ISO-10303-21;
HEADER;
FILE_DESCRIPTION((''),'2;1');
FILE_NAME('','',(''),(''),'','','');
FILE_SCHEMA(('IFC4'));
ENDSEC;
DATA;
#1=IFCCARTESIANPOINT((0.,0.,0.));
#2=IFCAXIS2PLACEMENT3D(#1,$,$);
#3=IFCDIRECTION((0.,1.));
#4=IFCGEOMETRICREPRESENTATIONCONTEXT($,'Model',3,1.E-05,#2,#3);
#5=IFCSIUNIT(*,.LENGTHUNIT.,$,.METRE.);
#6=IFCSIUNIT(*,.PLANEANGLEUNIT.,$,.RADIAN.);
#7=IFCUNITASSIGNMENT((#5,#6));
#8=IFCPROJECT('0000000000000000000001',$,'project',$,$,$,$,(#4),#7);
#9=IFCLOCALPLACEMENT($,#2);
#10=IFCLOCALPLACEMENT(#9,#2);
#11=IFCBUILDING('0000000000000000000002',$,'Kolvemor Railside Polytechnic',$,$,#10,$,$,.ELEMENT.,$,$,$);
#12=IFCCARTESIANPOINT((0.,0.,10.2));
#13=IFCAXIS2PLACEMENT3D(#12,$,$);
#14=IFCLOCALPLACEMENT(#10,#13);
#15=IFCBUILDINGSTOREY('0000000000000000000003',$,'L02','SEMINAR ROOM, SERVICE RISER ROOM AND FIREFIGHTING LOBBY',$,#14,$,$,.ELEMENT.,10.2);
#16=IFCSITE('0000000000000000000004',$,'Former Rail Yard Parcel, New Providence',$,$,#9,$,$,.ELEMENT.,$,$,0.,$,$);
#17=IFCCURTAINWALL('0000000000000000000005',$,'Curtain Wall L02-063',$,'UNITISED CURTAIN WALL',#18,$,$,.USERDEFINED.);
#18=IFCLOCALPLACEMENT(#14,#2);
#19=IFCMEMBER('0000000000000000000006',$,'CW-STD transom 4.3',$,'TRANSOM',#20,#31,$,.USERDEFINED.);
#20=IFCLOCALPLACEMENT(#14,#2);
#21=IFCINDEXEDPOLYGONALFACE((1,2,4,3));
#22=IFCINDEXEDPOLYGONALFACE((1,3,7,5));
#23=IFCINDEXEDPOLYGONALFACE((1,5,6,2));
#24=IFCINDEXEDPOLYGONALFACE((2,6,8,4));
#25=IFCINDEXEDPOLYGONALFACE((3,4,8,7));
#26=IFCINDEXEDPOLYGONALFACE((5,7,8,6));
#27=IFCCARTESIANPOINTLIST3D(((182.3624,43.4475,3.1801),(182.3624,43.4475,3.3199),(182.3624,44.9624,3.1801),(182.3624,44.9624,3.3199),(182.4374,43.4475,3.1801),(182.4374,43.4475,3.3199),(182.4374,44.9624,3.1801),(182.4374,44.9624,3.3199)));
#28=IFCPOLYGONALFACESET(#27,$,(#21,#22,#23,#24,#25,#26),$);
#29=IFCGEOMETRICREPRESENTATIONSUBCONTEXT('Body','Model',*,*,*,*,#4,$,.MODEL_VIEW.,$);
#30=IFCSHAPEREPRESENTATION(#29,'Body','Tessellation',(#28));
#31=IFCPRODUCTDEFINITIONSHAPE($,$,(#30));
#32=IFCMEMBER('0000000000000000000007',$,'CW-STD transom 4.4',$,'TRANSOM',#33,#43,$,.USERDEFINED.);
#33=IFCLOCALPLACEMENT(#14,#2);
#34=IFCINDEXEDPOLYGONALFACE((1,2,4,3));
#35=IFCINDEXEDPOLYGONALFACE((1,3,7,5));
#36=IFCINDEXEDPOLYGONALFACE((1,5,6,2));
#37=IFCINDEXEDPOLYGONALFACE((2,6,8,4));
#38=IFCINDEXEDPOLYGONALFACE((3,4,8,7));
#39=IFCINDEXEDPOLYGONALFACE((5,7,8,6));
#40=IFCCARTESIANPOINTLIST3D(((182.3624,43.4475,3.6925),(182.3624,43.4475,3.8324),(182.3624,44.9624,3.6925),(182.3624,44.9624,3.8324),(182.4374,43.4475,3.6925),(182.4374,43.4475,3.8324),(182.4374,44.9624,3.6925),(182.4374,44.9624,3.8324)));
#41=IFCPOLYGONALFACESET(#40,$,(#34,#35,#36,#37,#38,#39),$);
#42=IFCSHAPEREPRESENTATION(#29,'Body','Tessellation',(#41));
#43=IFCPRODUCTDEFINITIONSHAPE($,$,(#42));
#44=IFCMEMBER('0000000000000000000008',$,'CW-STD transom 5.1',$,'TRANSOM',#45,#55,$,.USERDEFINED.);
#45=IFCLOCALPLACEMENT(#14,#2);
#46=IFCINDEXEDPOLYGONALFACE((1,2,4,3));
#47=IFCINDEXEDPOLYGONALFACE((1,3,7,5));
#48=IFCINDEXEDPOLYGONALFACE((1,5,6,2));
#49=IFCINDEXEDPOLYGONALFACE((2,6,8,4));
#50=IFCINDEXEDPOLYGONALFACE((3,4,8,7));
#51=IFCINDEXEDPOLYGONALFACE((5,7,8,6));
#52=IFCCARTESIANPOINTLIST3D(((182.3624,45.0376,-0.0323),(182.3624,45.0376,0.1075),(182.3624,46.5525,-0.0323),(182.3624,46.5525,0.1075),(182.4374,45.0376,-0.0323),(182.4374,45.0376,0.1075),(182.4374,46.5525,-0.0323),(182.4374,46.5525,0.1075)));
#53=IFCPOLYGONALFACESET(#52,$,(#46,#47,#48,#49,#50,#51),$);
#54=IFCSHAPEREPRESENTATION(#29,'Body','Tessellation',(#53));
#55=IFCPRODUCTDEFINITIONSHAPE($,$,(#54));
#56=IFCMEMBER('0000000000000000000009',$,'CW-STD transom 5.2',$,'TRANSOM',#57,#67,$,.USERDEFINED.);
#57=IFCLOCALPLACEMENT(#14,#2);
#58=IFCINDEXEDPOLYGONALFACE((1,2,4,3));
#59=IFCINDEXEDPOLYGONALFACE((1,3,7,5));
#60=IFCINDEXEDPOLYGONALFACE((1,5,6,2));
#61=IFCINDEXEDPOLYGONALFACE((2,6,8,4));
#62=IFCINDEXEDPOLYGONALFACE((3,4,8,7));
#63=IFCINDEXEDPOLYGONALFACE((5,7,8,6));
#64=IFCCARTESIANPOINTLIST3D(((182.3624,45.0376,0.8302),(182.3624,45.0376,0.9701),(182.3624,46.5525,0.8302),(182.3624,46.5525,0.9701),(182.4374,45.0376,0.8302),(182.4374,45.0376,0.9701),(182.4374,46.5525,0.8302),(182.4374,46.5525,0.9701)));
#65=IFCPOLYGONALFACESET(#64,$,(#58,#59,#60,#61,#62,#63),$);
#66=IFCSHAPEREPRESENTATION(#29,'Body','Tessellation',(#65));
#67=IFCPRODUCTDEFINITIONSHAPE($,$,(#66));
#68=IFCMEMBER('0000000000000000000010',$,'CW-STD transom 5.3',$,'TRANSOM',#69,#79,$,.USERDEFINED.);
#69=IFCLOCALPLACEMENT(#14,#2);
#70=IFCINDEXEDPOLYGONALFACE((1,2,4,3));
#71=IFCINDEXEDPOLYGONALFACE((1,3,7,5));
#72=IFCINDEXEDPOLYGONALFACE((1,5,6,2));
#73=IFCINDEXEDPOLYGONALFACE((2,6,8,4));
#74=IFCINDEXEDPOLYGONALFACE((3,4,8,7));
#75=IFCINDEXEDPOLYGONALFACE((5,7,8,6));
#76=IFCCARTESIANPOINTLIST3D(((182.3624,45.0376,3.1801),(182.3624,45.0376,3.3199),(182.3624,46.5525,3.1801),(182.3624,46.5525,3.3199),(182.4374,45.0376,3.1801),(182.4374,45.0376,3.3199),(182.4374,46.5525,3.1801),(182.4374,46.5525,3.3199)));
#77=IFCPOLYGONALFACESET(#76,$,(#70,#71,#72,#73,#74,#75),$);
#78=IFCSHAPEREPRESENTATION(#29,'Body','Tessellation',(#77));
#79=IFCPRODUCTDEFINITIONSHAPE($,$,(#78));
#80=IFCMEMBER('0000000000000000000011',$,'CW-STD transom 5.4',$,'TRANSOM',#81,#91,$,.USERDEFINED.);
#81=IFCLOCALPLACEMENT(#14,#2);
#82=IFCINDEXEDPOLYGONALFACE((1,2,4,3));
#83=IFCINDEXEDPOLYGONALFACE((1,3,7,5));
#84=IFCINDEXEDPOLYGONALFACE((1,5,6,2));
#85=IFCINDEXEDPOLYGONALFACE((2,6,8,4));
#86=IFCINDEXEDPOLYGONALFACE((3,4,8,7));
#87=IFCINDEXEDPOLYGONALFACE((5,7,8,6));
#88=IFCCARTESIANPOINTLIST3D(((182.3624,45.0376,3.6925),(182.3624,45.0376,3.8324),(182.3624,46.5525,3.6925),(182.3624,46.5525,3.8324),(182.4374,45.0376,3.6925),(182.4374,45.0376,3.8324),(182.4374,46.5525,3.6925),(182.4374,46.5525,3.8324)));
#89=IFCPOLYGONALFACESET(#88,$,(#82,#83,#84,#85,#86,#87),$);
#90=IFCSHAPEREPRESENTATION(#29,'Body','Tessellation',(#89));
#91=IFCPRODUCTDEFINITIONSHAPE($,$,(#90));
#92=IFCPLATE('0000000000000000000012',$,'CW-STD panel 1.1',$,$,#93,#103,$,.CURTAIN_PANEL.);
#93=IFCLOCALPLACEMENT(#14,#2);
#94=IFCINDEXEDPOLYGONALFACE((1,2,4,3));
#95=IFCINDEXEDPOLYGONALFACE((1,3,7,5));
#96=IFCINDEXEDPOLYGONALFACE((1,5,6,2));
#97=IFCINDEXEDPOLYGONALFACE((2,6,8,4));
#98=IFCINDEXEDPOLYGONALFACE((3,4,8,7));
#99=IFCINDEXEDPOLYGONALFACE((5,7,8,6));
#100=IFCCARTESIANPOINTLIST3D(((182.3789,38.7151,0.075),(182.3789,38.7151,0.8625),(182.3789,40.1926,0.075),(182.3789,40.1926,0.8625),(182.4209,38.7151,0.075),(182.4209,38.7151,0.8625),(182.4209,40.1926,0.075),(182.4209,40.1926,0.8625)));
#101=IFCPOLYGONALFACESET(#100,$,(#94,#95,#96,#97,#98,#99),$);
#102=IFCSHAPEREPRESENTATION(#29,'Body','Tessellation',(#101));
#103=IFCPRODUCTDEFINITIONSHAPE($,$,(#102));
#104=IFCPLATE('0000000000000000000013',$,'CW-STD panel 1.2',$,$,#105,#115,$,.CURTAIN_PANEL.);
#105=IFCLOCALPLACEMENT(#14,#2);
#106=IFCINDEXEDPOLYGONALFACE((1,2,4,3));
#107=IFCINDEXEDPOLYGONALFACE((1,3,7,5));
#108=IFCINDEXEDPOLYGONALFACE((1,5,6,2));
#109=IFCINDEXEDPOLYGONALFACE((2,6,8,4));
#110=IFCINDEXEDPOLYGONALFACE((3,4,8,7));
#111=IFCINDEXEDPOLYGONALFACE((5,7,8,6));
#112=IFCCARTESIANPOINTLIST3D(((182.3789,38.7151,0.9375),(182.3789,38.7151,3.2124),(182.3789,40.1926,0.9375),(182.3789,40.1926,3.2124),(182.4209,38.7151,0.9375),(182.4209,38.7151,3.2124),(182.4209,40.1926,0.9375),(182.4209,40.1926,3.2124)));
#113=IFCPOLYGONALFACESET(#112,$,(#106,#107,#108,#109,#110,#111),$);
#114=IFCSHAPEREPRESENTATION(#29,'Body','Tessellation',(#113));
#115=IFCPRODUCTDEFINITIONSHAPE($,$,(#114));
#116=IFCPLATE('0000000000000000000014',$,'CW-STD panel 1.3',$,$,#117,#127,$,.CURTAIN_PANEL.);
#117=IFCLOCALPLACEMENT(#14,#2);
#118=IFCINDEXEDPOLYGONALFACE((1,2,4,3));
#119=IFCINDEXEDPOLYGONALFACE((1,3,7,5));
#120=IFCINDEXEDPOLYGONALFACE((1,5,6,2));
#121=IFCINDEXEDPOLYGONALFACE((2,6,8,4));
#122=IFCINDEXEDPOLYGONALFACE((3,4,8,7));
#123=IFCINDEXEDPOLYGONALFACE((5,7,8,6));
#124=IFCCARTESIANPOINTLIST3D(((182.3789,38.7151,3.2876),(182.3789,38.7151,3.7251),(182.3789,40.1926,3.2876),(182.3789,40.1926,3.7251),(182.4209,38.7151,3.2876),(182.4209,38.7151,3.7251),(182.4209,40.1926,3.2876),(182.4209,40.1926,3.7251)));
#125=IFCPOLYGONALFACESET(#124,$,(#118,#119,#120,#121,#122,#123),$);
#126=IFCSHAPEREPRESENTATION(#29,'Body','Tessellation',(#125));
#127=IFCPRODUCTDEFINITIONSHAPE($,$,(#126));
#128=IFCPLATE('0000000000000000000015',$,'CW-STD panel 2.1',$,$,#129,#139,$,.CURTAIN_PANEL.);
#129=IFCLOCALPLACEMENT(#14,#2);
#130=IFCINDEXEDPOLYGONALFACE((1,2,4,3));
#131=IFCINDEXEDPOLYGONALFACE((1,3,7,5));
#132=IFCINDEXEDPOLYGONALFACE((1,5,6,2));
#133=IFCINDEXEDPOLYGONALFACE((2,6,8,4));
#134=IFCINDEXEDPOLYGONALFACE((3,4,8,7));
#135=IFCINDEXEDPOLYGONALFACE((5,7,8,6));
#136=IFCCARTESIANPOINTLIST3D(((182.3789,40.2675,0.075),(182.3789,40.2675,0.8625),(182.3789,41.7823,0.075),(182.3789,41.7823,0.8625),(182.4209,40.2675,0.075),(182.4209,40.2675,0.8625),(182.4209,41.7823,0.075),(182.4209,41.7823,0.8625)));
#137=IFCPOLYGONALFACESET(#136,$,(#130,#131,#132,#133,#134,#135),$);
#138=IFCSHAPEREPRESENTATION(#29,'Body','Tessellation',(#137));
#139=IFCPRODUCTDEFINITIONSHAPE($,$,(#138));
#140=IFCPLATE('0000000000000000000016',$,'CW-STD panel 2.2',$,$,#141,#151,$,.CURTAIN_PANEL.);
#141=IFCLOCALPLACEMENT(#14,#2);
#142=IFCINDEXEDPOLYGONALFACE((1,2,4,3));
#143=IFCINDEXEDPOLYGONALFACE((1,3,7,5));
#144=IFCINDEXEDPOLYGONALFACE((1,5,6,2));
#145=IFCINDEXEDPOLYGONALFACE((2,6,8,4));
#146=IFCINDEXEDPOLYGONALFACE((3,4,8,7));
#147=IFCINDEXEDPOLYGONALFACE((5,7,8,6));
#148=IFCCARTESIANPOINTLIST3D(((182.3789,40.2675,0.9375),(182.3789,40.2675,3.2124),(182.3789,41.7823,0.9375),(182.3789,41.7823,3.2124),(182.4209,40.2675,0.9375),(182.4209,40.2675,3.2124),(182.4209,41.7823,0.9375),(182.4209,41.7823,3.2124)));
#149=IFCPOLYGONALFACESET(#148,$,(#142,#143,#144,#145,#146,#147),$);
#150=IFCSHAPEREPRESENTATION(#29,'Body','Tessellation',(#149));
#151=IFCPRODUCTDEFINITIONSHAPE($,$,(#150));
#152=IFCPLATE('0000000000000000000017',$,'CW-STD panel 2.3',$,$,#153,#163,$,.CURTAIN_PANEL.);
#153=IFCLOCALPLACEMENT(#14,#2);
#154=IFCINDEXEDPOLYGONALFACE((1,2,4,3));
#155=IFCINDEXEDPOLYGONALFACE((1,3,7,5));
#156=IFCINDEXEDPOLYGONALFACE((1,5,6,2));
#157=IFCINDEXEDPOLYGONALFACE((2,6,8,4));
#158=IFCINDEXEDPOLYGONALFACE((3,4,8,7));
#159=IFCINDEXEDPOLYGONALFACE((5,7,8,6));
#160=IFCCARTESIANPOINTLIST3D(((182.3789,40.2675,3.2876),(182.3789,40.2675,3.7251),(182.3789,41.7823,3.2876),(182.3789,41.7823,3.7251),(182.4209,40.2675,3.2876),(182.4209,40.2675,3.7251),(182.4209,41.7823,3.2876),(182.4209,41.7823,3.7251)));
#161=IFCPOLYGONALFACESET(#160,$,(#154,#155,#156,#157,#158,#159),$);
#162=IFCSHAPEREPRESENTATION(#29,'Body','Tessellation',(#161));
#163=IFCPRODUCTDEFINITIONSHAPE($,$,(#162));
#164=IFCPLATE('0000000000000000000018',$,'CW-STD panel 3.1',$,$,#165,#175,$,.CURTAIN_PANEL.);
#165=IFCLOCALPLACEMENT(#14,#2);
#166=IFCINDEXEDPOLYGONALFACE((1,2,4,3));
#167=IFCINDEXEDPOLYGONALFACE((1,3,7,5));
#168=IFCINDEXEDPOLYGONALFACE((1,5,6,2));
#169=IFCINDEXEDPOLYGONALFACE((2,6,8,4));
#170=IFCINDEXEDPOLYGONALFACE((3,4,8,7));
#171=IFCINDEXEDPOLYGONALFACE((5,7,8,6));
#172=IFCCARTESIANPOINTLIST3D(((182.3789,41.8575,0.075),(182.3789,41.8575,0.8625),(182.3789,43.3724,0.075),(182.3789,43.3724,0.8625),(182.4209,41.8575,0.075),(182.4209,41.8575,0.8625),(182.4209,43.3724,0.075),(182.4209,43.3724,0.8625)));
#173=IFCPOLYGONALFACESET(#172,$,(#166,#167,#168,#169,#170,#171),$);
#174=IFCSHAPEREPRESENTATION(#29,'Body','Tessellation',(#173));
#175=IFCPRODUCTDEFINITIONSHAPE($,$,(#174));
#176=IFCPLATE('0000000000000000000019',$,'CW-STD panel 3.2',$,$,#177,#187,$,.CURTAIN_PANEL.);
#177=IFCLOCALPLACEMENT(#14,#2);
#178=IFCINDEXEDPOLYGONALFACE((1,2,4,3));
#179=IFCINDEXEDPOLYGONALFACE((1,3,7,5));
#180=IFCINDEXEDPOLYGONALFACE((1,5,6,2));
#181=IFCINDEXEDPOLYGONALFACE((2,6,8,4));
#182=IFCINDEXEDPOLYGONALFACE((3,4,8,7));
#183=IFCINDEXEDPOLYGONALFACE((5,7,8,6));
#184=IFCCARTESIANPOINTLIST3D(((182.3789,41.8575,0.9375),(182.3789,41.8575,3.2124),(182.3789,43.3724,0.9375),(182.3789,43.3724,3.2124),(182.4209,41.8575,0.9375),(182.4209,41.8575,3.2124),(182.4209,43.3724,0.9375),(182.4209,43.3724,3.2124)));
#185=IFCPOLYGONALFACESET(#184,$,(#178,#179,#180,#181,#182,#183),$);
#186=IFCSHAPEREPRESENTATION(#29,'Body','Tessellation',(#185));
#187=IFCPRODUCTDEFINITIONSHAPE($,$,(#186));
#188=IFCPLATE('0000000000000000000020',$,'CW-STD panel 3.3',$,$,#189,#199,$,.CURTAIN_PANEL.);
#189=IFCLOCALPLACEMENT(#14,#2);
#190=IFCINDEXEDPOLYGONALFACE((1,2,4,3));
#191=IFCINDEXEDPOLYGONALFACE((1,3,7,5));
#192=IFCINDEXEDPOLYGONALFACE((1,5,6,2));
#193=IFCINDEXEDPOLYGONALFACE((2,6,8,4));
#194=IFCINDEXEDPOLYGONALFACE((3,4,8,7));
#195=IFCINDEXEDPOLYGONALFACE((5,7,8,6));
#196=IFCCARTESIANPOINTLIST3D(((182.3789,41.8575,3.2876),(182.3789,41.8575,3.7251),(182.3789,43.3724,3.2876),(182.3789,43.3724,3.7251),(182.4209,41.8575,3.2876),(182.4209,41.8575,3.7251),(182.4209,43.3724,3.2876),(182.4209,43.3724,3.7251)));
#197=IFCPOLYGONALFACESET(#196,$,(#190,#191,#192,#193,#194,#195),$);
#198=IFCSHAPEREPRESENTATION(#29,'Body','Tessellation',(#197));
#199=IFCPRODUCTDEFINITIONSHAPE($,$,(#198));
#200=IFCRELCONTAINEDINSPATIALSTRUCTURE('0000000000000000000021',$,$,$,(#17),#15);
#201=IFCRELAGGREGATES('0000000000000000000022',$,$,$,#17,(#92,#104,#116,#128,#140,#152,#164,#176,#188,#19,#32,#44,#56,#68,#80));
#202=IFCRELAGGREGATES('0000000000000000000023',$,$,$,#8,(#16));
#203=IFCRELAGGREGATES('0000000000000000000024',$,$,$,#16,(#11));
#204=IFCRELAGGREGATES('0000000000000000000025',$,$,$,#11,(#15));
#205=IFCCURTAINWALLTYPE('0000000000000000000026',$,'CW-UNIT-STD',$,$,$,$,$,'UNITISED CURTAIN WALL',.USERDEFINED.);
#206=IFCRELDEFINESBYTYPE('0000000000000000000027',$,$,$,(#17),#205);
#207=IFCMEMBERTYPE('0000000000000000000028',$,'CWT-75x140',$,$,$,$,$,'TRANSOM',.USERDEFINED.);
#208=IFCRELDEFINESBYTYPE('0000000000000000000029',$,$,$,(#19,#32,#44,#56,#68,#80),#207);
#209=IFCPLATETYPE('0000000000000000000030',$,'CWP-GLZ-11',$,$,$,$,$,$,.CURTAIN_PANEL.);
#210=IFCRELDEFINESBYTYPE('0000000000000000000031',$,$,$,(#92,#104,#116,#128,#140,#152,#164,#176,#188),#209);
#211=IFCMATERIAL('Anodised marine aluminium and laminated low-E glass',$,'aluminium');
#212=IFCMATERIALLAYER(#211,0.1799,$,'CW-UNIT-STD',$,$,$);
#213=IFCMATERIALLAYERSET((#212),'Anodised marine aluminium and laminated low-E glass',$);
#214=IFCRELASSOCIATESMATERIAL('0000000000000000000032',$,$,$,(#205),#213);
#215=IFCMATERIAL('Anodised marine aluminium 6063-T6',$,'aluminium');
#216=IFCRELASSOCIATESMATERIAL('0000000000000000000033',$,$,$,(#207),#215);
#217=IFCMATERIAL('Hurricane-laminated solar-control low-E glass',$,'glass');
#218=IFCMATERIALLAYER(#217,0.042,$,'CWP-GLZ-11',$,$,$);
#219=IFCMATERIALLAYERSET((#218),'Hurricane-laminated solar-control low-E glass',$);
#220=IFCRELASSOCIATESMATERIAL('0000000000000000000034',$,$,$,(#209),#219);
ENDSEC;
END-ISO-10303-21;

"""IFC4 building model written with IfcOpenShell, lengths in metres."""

from ifc_helpers import new_model, si_unit, direction, frame, origin, origin_2d, place, context, subcontext, project, spatial, rectangle, extrude, material, layer, layer_set, material_profile, profile_set, type_object, element, aggregate, save


model = new_model("IFC4")

# Units and contexts
model_context = context("Model", 3, precision=1e-05, world=origin(), true_north=direction((0.0, 1.0)))
body_context = subcontext(model_context, "Body", "Model", "MODEL_VIEW")
ifc_project = project(units=[si_unit("LENGTHUNIT", "METRE"), si_unit("PLANEANGLEUNIT", "RADIAN")], contexts=[model_context])

# Site, building, storey
site_placement = place(None, origin())
site = spatial("IfcSite", under=ifc_project, at=site_placement, Name="Former Rail Yard Parcel, New Providence", CompositionType="ELEMENT", RefElevation=0.0)
building_placement = place(site_placement, origin())
building = spatial("IfcBuilding", under=site, at=building_placement, Name="Kolvemor Railside Polytechnic", CompositionType="ELEMENT")
storey_placement = place(building_placement, frame((0.0, 0.0, 10.2)))
storey = spatial("IfcBuildingStorey", under=building, at=storey_placement, Name="L02", Description="SEMINAR ROOM, SERVICE RISER ROOM AND FIREFIGHTING LOBBY", CompositionType="ELEMENT", Elevation=10.2)

# Curtain wall, members, plates
ifc_material_1 = material(Name="Anodised marine aluminium and laminated low-E glass", Category="aluminium")
ifc_layer_1 = layer(ifc_material_1, 0.1799, Name="CW-UNIT-STD")
ifc_layer_set_1 = layer_set([ifc_layer_1], Name="Anodised marine aluminium and laminated low-E glass")
curtain_wall_type = type_object("IfcCurtainWallType", Name="CW-UNIT-STD", ElementType="UNITISED CURTAIN WALL", PredefinedType="USERDEFINED", material=ifc_layer_set_1)
curtain_wall_placement = place(storey_placement, origin())
curtain_wall = element("IfcCurtainWall", 1, at=curtain_wall_placement, inside=storey, type_object=curtain_wall_type, Name="Curtain Wall L02-063", ObjectType="UNITISED CURTAIN WALL", PredefinedType="USERDEFINED")
ifc_material_2 = material(Name="Anodised marine aluminium 6063-T6", Category="aluminium")
ifc_material_profile_1 = material_profile(ifc_material_2, rectangle(XDim=0.075, YDim=0.1399, at=origin_2d()), Name="CW-TRN-75x140")
ifc_profile_set_1 = profile_set([ifc_material_profile_1], Name="Anodised marine aluminium 6063-T6")
member_type_1 = type_object("IfcMemberType", Name="CWT-75x140", ElementType="TRANSOM", PredefinedType="USERDEFINED", material=ifc_profile_set_1)
member_1_placement = place(storey_placement, frame((182.3999, 43.4475, 3.25), z_axis=(0.0, 1.0, 0.0), x_axis=(-1.0, 0.0, 0.0)))
member_1 = element("IfcMember", 2, at=member_1_placement, type_object=member_type_1, Name="CW-STD transom 4.3", ObjectType="TRANSOM", PredefinedType="USERDEFINED", context=body_context, shape_type="SweptSolid", body=[
    extrude(rectangle(XDim=0.075, YDim=0.1399, at=origin_2d()), origin(), (0.0, 0.0, 1.0), 1.5149),
])
member_2_placement = place(storey_placement, frame((182.3999, 43.4475, 3.7625), z_axis=(0.0, 1.0, 0.0), x_axis=(-1.0, 0.0, 0.0)))
member_2 = element("IfcMember", 3, at=member_2_placement, type_object=member_type_1, Name="CW-STD transom 4.4", ObjectType="TRANSOM", PredefinedType="USERDEFINED", context=body_context, shape_type="SweptSolid", body=[
    extrude(rectangle(XDim=0.075, YDim=0.1399, at=origin_2d()), origin(), (0.0, 0.0, 1.0), 1.5149),
])
member_3_placement = place(storey_placement, frame((182.3999, 45.0376, 0.0376), z_axis=(0.0, 1.0, 0.0), x_axis=(-1.0, 0.0, 0.0)))
member_3 = element("IfcMember", 4, at=member_3_placement, type_object=member_type_1, Name="CW-STD transom 5.1", ObjectType="TRANSOM", PredefinedType="USERDEFINED", context=body_context, shape_type="SweptSolid", body=[
    extrude(rectangle(XDim=0.075, YDim=0.1399, at=origin_2d()), origin(), (0.0, 0.0, 1.0), 1.5149),
])
member_4_placement = place(storey_placement, frame((182.3999, 45.0376, 0.9001), z_axis=(0.0, 1.0, 0.0), x_axis=(-1.0, 0.0, 0.0)))
member_4 = element("IfcMember", 5, at=member_4_placement, type_object=member_type_1, Name="CW-STD transom 5.2", ObjectType="TRANSOM", PredefinedType="USERDEFINED", context=body_context, shape_type="SweptSolid", body=[
    extrude(rectangle(XDim=0.075, YDim=0.1399, at=origin_2d()), origin(), (0.0, 0.0, 1.0), 1.5149),
])
member_5_placement = place(storey_placement, frame((182.3999, 45.0376, 3.25), z_axis=(0.0, 1.0, 0.0), x_axis=(-1.0, 0.0, 0.0)))
member_5 = element("IfcMember", 6, at=member_5_placement, type_object=member_type_1, Name="CW-STD transom 5.3", ObjectType="TRANSOM", PredefinedType="USERDEFINED", context=body_context, shape_type="SweptSolid", body=[
    extrude(rectangle(XDim=0.075, YDim=0.1399, at=origin_2d()), origin(), (0.0, 0.0, 1.0), 1.5149),
])
member_6_placement = place(storey_placement, frame((182.3999, 45.0376, 3.7625), z_axis=(0.0, 1.0, 0.0), x_axis=(-1.0, 0.0, 0.0)))
member_6 = element("IfcMember", 7, at=member_6_placement, type_object=member_type_1, Name="CW-STD transom 5.4", ObjectType="TRANSOM", PredefinedType="USERDEFINED", context=body_context, shape_type="SweptSolid", body=[
    extrude(rectangle(XDim=0.075, YDim=0.1399, at=origin_2d()), origin(), (0.0, 0.0, 1.0), 1.5149),
])
ifc_material_3 = material(Name="Hurricane-laminated solar-control low-E glass", Category="glass")
ifc_layer_2 = layer(ifc_material_3, 0.042, Name="CWP-GLZ-11")
ifc_layer_set_2 = layer_set([ifc_layer_2], Name="Hurricane-laminated solar-control low-E glass")
plate_type = type_object("IfcPlateType", Name="CWP-GLZ-11", PredefinedType="CURTAIN_PANEL", material=ifc_layer_set_2)
plate_1_placement = place(storey_placement, frame((182.3999, 39.4539, 0.075), z_axis=(0.0, 0.0, 1.0), x_axis=(0.0, 1.0, 0.0)))
plate_1 = element("IfcPlate", 8, at=plate_1_placement, type_object=plate_type, Name="CW-STD panel 1.1", PredefinedType="CURTAIN_PANEL", context=body_context, shape_type="SweptSolid", body=[
    extrude(rectangle(XDim=1.4775, YDim=0.042, at=origin_2d()), origin(), (0.0, 0.0, 1.0), 0.7876),
])
plate_2_placement = place(storey_placement, frame((182.3999, 39.4539, 0.9375), z_axis=(0.0, 0.0, 1.0), x_axis=(0.0, 1.0, 0.0)))
plate_2 = element("IfcPlate", 9, at=plate_2_placement, type_object=plate_type, Name="CW-STD panel 1.2", PredefinedType="CURTAIN_PANEL", context=body_context, shape_type="SweptSolid", body=[
    extrude(rectangle(XDim=1.4775, YDim=0.042, at=origin_2d()), origin(), (0.0, 0.0, 1.0), 2.2749),
])
plate_3_placement = place(storey_placement, frame((182.3999, 39.4539, 3.2876), z_axis=(0.0, 0.0, 1.0), x_axis=(0.0, 1.0, 0.0)))
plate_3 = element("IfcPlate", 10, at=plate_3_placement, type_object=plate_type, Name="CW-STD panel 1.3", PredefinedType="CURTAIN_PANEL", context=body_context, shape_type="SweptSolid", body=[
    extrude(rectangle(XDim=1.4775, YDim=0.042, at=origin_2d()), origin(), (0.0, 0.0, 1.0), 0.4375),
])
plate_4_placement = place(storey_placement, frame((182.3999, 41.0249, 0.075), z_axis=(0.0, 0.0, 1.0), x_axis=(0.0, 1.0, 0.0)))
plate_4 = element("IfcPlate", 11, at=plate_4_placement, type_object=plate_type, Name="CW-STD panel 2.1", PredefinedType="CURTAIN_PANEL", context=body_context, shape_type="SweptSolid", body=[
    extrude(rectangle(XDim=1.5149, YDim=0.042, at=origin_2d()), origin(), (0.0, 0.0, 1.0), 0.7876),
])
plate_5_placement = place(storey_placement, frame((182.3999, 41.0249, 0.9375), z_axis=(0.0, 0.0, 1.0), x_axis=(0.0, 1.0, 0.0)))
plate_5 = element("IfcPlate", 12, at=plate_5_placement, type_object=plate_type, Name="CW-STD panel 2.2", PredefinedType="CURTAIN_PANEL", context=body_context, shape_type="SweptSolid", body=[
    extrude(rectangle(XDim=1.5149, YDim=0.042, at=origin_2d()), origin(), (0.0, 0.0, 1.0), 2.2749),
])
plate_6_placement = place(storey_placement, frame((182.3999, 41.0249, 3.2876), z_axis=(0.0, 0.0, 1.0), x_axis=(0.0, 1.0, 0.0)))
plate_6 = element("IfcPlate", 13, at=plate_6_placement, type_object=plate_type, Name="CW-STD panel 2.3", PredefinedType="CURTAIN_PANEL", context=body_context, shape_type="SweptSolid", body=[
    extrude(rectangle(XDim=1.5149, YDim=0.042, at=origin_2d()), origin(), (0.0, 0.0, 1.0), 0.4375),
])
plate_7_placement = place(storey_placement, frame((182.3999, 42.615, 0.075), z_axis=(0.0, 0.0, 1.0), x_axis=(0.0, 1.0, 0.0)))
plate_7 = element("IfcPlate", 14, at=plate_7_placement, type_object=plate_type, Name="CW-STD panel 3.1", PredefinedType="CURTAIN_PANEL", context=body_context, shape_type="SweptSolid", body=[
    extrude(rectangle(XDim=1.5149, YDim=0.042, at=origin_2d()), origin(), (0.0, 0.0, 1.0), 0.7876),
])
plate_8_placement = place(storey_placement, frame((182.3999, 42.615, 0.9375), z_axis=(0.0, 0.0, 1.0), x_axis=(0.0, 1.0, 0.0)))
plate_8 = element("IfcPlate", 15, at=plate_8_placement, type_object=plate_type, Name="CW-STD panel 3.2", PredefinedType="CURTAIN_PANEL", context=body_context, shape_type="SweptSolid", body=[
    extrude(rectangle(XDim=1.5149, YDim=0.042, at=origin_2d()), origin(), (0.0, 0.0, 1.0), 2.2749),
])
plate_9_placement = place(storey_placement, frame((182.3999, 42.615, 3.2876), z_axis=(0.0, 0.0, 1.0), x_axis=(0.0, 1.0, 0.0)))
plate_9 = element("IfcPlate", 16, at=plate_9_placement, type_object=plate_type, Name="CW-STD panel 3.3", PredefinedType="CURTAIN_PANEL", context=body_context, shape_type="SweptSolid", body=[
    extrude(rectangle(XDim=1.5149, YDim=0.042, at=origin_2d()), origin(), (0.0, 0.0, 1.0), 0.4375),
])
aggregate(curtain_wall, [plate_1, plate_2, plate_3, plate_4, plate_5, plate_6, plate_7, plate_8, plate_9, member_1, member_2, member_3, member_4, member_5, member_6])

save(model, "model.ifc")
